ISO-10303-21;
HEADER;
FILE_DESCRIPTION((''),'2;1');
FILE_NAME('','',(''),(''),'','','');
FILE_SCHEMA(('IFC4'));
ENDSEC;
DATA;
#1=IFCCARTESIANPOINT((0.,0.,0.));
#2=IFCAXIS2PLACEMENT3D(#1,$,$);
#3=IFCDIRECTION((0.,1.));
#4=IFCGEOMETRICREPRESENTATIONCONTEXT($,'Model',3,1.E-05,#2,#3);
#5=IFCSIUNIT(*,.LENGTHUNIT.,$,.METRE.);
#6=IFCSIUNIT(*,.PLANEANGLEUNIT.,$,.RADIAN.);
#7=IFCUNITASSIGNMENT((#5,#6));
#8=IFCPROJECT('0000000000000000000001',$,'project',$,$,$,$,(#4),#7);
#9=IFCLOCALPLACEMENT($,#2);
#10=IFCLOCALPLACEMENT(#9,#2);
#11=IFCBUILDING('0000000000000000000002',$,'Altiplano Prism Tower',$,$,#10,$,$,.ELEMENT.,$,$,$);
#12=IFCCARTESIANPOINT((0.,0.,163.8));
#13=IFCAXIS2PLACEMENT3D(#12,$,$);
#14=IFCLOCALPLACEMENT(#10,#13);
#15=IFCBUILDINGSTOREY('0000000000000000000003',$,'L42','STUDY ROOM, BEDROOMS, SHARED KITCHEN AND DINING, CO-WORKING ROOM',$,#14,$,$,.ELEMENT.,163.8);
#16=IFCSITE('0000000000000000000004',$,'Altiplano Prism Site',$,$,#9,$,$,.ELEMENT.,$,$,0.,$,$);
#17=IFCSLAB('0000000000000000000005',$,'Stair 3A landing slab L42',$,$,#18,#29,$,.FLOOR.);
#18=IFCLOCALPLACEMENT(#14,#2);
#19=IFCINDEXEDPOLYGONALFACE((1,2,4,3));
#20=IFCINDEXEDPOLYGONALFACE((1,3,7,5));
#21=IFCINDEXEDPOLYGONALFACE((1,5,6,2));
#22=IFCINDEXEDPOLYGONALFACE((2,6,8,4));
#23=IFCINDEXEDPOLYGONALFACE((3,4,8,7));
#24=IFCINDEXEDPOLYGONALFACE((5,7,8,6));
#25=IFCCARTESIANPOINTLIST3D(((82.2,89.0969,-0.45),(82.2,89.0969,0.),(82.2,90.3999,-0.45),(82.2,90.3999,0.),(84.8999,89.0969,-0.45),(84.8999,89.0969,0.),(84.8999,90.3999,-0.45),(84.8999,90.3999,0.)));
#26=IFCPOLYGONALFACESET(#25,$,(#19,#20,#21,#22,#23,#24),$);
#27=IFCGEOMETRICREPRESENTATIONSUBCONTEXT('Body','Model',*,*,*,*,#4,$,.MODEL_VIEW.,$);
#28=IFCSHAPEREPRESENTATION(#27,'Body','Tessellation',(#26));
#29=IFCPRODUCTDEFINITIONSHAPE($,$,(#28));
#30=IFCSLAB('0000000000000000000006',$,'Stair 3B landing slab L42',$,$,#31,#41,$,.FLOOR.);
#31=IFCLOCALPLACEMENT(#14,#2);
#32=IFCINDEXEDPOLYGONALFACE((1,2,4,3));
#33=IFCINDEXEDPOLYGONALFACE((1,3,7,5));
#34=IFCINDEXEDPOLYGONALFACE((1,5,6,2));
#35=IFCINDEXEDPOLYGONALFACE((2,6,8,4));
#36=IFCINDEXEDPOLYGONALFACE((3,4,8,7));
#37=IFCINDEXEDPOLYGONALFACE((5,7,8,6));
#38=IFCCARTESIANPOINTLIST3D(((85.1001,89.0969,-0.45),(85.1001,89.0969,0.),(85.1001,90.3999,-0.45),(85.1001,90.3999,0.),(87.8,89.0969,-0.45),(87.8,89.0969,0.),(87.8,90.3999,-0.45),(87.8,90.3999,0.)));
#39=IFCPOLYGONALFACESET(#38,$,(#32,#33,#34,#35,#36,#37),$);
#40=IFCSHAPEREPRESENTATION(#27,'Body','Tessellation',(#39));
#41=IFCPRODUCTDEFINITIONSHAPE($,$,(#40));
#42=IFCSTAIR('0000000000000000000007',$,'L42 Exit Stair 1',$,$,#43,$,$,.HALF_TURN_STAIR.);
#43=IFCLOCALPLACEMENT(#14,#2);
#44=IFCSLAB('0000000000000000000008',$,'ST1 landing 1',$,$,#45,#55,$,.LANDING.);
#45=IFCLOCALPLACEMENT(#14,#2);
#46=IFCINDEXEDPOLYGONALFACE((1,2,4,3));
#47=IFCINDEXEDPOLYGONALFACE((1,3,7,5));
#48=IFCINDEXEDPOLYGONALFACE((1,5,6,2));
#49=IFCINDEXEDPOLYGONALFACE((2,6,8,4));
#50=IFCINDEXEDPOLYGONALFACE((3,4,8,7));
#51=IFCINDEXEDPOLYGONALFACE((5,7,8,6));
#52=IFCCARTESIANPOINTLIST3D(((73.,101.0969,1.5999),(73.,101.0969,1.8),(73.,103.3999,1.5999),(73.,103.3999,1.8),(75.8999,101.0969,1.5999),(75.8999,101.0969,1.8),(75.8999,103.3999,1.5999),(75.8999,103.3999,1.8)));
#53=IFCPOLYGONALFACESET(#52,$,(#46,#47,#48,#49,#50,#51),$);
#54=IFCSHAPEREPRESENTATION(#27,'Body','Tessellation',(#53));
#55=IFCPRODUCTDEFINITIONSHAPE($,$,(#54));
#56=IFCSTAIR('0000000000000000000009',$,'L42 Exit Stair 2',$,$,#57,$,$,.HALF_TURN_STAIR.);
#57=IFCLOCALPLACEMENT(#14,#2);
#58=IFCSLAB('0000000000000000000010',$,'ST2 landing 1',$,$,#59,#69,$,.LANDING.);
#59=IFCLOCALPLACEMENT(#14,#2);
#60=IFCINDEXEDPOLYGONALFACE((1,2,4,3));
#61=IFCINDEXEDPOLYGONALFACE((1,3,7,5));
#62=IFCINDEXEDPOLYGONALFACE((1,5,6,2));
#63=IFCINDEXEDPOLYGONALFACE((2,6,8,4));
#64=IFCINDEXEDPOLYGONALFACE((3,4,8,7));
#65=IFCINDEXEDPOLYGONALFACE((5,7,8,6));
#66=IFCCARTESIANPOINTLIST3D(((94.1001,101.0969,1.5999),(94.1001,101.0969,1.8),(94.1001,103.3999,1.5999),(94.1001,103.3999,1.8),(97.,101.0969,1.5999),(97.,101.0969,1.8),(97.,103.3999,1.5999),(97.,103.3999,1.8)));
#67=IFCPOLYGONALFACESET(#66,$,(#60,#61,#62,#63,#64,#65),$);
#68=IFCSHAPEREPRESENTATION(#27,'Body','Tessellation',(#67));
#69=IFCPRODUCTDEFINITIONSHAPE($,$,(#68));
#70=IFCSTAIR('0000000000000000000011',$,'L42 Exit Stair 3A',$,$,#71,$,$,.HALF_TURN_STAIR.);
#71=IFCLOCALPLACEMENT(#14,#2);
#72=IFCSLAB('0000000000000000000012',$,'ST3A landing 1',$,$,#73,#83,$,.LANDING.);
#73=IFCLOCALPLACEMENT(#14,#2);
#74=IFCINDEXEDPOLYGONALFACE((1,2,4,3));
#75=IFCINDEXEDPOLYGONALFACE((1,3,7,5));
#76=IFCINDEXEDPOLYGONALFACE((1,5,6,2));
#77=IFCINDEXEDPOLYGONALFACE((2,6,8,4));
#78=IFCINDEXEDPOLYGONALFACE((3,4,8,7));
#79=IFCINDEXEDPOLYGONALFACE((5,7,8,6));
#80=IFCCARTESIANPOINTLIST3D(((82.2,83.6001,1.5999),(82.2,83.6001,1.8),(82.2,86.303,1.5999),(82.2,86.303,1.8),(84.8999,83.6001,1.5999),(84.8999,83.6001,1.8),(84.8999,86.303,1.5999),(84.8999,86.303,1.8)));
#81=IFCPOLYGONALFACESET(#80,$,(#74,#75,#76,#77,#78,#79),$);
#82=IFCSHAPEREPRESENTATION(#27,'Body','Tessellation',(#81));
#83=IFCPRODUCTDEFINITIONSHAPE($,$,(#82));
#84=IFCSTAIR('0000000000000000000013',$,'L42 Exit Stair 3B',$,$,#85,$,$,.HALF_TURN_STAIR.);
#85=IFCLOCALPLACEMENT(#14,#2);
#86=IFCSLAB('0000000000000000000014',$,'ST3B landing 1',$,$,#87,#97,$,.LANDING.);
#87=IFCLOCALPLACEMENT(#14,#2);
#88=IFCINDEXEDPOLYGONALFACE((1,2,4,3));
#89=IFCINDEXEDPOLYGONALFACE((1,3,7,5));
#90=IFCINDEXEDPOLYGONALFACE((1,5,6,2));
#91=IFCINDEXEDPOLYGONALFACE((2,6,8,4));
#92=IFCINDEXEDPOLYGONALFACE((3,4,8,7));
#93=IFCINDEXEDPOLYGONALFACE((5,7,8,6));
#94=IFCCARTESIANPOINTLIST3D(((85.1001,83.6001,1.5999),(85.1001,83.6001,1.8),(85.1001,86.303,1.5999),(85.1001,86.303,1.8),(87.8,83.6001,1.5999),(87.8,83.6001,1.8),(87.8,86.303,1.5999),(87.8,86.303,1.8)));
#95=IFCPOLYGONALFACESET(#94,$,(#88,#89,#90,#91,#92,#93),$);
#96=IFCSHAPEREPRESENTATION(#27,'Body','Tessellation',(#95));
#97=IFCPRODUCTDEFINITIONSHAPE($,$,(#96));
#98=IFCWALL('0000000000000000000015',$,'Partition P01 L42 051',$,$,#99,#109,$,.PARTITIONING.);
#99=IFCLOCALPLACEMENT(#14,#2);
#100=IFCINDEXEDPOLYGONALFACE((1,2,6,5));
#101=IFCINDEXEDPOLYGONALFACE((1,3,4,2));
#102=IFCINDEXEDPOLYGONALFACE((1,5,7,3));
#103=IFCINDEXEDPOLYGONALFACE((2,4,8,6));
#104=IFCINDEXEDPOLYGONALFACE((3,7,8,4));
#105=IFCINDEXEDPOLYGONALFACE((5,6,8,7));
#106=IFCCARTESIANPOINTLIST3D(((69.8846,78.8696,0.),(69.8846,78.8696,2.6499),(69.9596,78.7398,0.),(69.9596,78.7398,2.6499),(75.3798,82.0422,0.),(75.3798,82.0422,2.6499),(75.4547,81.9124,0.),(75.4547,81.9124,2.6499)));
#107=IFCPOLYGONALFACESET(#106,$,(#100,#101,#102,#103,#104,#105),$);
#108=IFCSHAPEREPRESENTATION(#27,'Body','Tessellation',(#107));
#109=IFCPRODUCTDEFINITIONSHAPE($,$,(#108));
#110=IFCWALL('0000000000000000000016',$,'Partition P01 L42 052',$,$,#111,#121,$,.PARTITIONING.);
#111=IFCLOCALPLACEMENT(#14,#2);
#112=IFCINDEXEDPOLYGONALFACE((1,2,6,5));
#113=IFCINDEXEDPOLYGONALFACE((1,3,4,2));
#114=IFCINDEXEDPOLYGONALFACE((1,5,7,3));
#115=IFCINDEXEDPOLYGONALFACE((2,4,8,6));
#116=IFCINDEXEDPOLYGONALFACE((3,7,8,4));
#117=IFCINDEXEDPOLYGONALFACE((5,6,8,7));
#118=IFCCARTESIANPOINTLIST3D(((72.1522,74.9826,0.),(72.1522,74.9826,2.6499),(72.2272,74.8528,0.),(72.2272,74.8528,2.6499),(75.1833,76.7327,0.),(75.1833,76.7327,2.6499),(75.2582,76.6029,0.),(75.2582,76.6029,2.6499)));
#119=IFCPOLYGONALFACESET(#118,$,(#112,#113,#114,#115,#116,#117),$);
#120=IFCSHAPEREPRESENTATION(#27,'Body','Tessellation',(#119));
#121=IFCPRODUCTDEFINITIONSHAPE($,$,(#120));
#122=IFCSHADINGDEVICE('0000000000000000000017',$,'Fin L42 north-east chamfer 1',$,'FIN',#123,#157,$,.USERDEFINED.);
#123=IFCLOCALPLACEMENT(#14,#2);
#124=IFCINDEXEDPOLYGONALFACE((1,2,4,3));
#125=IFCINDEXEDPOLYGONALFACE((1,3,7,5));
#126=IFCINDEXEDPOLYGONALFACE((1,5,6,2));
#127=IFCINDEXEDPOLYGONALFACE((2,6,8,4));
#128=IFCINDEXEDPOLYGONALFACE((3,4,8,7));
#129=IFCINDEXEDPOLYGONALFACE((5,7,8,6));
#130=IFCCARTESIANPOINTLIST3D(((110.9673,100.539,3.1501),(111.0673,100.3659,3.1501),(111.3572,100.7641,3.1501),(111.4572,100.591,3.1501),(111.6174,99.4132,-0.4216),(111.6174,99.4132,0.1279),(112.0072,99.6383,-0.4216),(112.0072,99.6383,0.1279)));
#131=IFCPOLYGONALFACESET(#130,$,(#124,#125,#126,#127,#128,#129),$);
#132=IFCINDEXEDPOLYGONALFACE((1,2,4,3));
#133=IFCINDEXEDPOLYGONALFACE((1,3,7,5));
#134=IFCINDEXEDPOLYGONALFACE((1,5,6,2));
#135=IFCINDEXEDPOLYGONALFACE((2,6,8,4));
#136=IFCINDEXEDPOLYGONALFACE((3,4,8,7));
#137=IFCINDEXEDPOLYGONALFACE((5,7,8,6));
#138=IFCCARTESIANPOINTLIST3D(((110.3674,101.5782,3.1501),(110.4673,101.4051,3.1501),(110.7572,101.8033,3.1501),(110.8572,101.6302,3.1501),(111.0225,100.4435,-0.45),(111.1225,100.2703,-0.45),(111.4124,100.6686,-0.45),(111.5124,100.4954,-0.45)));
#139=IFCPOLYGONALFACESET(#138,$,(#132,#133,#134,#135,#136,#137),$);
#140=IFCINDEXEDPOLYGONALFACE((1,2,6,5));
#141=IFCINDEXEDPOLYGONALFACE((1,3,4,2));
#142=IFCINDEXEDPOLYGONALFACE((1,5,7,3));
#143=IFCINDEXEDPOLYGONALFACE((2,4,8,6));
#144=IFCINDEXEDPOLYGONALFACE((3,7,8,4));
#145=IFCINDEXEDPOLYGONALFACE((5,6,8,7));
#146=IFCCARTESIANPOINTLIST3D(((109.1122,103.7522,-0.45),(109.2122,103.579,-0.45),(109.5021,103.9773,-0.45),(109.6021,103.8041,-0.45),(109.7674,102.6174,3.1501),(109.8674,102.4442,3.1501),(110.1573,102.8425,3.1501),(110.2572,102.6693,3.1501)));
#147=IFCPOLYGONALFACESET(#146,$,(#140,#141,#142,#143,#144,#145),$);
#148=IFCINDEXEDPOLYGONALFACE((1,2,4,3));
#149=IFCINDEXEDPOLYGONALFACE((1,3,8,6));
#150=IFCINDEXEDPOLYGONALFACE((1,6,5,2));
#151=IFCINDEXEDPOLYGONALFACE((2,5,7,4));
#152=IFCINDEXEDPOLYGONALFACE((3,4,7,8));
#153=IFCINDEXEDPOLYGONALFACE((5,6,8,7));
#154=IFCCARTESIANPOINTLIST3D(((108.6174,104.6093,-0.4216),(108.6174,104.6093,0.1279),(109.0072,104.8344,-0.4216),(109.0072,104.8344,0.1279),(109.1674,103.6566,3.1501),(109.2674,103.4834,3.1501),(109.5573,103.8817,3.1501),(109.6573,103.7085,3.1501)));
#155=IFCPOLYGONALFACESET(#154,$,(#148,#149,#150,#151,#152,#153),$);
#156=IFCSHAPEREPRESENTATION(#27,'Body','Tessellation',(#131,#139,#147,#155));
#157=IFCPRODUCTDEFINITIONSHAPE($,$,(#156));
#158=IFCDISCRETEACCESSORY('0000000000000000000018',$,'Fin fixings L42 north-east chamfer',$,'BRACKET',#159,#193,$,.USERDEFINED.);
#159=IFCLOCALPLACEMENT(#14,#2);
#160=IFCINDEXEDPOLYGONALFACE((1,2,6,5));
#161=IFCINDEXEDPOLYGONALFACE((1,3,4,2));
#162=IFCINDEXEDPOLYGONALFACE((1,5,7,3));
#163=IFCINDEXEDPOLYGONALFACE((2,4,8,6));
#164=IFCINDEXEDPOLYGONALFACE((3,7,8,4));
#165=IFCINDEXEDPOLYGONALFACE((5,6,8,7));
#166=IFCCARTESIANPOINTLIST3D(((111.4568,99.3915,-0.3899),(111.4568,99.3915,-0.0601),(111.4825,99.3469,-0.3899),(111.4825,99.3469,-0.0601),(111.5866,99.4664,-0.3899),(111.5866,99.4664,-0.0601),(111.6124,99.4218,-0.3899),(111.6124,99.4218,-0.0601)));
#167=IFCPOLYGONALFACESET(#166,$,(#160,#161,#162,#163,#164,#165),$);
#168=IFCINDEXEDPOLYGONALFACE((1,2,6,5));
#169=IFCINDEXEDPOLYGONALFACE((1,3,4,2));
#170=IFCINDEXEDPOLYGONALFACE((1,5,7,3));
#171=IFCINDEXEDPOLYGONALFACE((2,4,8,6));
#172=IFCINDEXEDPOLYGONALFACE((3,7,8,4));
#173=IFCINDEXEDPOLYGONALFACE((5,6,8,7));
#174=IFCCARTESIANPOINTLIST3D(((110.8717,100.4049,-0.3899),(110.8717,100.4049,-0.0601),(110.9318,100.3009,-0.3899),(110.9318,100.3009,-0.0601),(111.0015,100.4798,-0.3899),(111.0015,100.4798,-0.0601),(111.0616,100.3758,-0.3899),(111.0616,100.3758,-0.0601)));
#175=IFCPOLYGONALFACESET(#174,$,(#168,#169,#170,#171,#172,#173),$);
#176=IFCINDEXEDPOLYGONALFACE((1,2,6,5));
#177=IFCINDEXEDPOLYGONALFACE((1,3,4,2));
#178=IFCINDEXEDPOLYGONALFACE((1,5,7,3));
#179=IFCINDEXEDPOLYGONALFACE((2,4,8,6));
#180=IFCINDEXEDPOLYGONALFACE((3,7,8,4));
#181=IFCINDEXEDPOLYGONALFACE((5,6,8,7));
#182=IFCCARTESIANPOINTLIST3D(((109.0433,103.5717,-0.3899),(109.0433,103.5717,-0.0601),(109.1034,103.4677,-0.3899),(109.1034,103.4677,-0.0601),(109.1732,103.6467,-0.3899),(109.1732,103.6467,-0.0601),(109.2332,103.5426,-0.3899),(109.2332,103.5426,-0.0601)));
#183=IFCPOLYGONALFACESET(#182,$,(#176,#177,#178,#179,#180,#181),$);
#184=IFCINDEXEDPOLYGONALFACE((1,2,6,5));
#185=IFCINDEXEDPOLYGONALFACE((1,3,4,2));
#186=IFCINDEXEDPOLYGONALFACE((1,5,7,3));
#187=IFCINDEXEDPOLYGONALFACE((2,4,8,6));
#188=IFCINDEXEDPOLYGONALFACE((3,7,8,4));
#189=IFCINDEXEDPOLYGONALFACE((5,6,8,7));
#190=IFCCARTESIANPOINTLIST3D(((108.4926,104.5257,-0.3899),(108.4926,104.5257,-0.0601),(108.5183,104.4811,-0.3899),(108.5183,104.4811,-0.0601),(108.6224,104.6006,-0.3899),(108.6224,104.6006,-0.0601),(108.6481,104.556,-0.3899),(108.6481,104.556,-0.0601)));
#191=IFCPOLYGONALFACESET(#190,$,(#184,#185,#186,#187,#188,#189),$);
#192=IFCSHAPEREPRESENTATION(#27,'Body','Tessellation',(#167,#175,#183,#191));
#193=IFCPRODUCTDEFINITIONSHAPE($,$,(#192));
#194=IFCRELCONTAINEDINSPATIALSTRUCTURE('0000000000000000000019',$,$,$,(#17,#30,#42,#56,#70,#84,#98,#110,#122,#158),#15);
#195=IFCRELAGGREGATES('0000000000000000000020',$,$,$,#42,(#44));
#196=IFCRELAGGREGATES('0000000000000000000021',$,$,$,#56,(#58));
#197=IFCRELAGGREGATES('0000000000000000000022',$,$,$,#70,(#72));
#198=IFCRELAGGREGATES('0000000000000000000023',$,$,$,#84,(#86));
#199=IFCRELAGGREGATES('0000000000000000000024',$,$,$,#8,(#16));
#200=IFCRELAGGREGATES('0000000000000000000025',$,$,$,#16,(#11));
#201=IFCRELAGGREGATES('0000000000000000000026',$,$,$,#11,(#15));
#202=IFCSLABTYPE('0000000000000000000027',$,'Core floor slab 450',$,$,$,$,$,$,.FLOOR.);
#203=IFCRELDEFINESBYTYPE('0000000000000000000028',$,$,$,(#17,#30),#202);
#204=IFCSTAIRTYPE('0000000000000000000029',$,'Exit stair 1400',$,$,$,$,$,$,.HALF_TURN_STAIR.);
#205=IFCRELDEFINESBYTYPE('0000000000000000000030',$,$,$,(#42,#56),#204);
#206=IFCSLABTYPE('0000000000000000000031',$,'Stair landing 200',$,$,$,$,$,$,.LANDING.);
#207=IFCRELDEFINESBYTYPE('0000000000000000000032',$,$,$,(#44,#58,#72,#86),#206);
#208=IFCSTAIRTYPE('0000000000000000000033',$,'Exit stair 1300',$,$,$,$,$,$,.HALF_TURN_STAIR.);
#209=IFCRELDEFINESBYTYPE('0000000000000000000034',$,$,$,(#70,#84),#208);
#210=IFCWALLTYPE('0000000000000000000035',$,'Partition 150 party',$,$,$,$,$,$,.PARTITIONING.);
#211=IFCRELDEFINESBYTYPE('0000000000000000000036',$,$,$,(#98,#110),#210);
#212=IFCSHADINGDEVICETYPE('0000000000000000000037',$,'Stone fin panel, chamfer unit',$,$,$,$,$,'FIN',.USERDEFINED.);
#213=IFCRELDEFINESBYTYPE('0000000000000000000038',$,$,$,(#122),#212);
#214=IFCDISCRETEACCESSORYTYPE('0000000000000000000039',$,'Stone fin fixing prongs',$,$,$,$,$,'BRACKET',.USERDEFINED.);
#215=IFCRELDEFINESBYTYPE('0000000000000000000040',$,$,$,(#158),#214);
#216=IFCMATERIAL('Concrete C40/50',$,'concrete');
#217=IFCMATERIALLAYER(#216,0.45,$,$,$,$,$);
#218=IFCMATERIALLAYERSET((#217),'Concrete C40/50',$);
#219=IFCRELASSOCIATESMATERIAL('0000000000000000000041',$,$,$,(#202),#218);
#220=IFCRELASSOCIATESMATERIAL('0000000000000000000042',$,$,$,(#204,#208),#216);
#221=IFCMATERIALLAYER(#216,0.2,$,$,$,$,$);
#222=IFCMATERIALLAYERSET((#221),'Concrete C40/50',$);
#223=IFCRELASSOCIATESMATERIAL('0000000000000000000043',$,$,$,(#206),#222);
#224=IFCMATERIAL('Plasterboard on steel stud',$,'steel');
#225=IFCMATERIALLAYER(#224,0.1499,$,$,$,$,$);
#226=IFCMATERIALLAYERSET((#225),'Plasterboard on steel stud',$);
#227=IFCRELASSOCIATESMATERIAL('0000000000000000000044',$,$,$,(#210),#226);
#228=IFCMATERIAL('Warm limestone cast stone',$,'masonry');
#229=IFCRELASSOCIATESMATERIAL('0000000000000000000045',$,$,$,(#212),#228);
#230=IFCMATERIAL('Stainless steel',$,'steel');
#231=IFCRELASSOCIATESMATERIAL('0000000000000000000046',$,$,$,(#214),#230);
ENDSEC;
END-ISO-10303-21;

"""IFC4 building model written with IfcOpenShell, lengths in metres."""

from ifc_helpers import new_model, si_unit, direction, frame, frame_2d, origin, place, context, subcontext, project, spatial, polyline, rectangle, outline, extrude, source, transform, mapped, material, layer, layer_set, type_object, element, aggregate, save


model = new_model("IFC4")

# Units and contexts
model_context = context("Model", 3, precision=1e-05, world=origin(), true_north=direction((0.0, 1.0)))
body_context = subcontext(model_context, "Body", "Model", "MODEL_VIEW")
ifc_project = project(units=[si_unit("LENGTHUNIT", "METRE"), si_unit("PLANEANGLEUNIT", "RADIAN")], contexts=[model_context])

# Site, building, storey
site_placement = place(None, origin())
site = spatial("IfcSite", under=ifc_project, at=site_placement, Name="Altiplano Prism Site", CompositionType="ELEMENT", RefElevation=0.0)
building_placement = place(site_placement, origin())
building = spatial("IfcBuilding", under=site, at=building_placement, Name="Altiplano Prism Tower", CompositionType="ELEMENT")
storey_placement = place(building_placement, frame((0.0, 0.0, 163.8)))
storey = spatial("IfcBuildingStorey", under=building, at=storey_placement, Name="L42", Description="STUDY ROOM, BEDROOMS, SHARED KITCHEN AND DINING, CO-WORKING ROOM", CompositionType="ELEMENT", Elevation=163.8)

# Slabs
ifc_material_1 = material(Name="Concrete C40/50", Category="concrete")
ifc_layer_1 = layer(ifc_material_1, 0.45)
ifc_layer_set_1 = layer_set([ifc_layer_1], Name="Concrete C40/50")
slab_type_1 = type_object("IfcSlabType", Name="Core floor slab 450", PredefinedType="FLOOR", material=ifc_layer_set_1)
slab_1_placement = place(storey_placement, frame((0.0, 0.0, -0.45)))
element("IfcSlab", 1, at=slab_1_placement, inside=storey, type_object=slab_type_1, Name="Stair 3A landing slab L42", PredefinedType="FLOOR", context=body_context, shape_type="SweptSolid", body=[
    extrude(outline(polyline([(82.2, 89.0969), (84.8999, 89.0969), (84.8999, 90.3999), (82.2, 90.3999), (82.2, 89.0969)])), origin(), (0.0, 0.0, 1.0), 0.45),
])
slab_2_placement = place(storey_placement, frame((0.0, 0.0, -0.45)))
element("IfcSlab", 2, at=slab_2_placement, inside=storey, type_object=slab_type_1, Name="Stair 3B landing slab L42", PredefinedType="FLOOR", context=body_context, shape_type="SweptSolid", body=[
    extrude(outline(polyline([(85.1001, 89.0969), (87.8, 89.0969), (87.8, 90.3999), (85.1001, 90.3999), (85.1001, 89.0969)])), origin(), (0.0, 0.0, 1.0), 0.45),
])

# Stairs, slabs
stair_type_1 = type_object("IfcStairType", Name="Exit stair 1400", PredefinedType="HALF_TURN_STAIR", material=ifc_material_1)
stair_1_placement = place(storey_placement, origin())
stair_1 = element("IfcStair", 3, at=stair_1_placement, inside=storey, type_object=stair_type_1, Name="L42 Exit Stair 1", PredefinedType="HALF_TURN_STAIR")
ifc_layer_2 = layer(ifc_material_1, 0.2)
ifc_layer_set_2 = layer_set([ifc_layer_2], Name="Concrete C40/50")
slab_type_2 = type_object("IfcSlabType", Name="Stair landing 200", PredefinedType="LANDING", material=ifc_layer_set_2)
slab_3_placement = place(storey_placement, frame((0.0, 0.0, 1.5999)))
slab_3 = element("IfcSlab", 4, at=slab_3_placement, type_object=slab_type_2, Name="ST1 landing 1", PredefinedType="LANDING", context=body_context, shape_type="SweptSolid", body=[
    extrude(outline(polyline([(75.8999, 101.0969), (75.8999, 103.3999), (73.0, 103.3999), (73.0, 101.0969), (75.8999, 101.0969)])), origin(), (0.0, 0.0, 1.0), 0.2002),
])
aggregate(stair_1, [slab_3])
stair_2_placement = place(storey_placement, origin())
stair_2 = element("IfcStair", 5, at=stair_2_placement, inside=storey, type_object=stair_type_1, Name="L42 Exit Stair 2", PredefinedType="HALF_TURN_STAIR")
slab_4_placement = place(storey_placement, frame((0.0, 0.0, 1.5999)))
slab_4 = element("IfcSlab", 6, at=slab_4_placement, type_object=slab_type_2, Name="ST2 landing 1", PredefinedType="LANDING", context=body_context, shape_type="SweptSolid", body=[
    extrude(outline(polyline([(97.0, 101.0969), (97.0, 103.3999), (94.1001, 103.3999), (94.1001, 101.0969), (97.0, 101.0969)])), origin(), (0.0, 0.0, 1.0), 0.2002),
])
aggregate(stair_2, [slab_4])
stair_type_2 = type_object("IfcStairType", Name="Exit stair 1300", PredefinedType="HALF_TURN_STAIR", material=ifc_material_1)
stair_3_placement = place(storey_placement, origin())
stair_3 = element("IfcStair", 7, at=stair_3_placement, inside=storey, type_object=stair_type_2, Name="L42 Exit Stair 3A", PredefinedType="HALF_TURN_STAIR")
slab_5_placement = place(storey_placement, frame((0.0, 0.0, 1.5999)))
slab_5 = element("IfcSlab", 8, at=slab_5_placement, type_object=slab_type_2, Name="ST3A landing 1", PredefinedType="LANDING", context=body_context, shape_type="SweptSolid", body=[
    extrude(outline(polyline([(82.2, 86.303), (82.2, 83.6001), (84.8999, 83.6001), (84.8999, 86.303), (82.2, 86.303)])), origin(), (0.0, 0.0, 1.0), 0.2002),
])
aggregate(stair_3, [slab_5])
stair_4_placement = place(storey_placement, origin())
stair_4 = element("IfcStair", 9, at=stair_4_placement, inside=storey, type_object=stair_type_2, Name="L42 Exit Stair 3B", PredefinedType="HALF_TURN_STAIR")
slab_6_placement = place(storey_placement, frame((0.0, 0.0, 1.5999)))
slab_6 = element("IfcSlab", 10, at=slab_6_placement, type_object=slab_type_2, Name="ST3B landing 1", PredefinedType="LANDING", context=body_context, shape_type="SweptSolid", body=[
    extrude(outline(polyline([(85.1001, 86.303), (85.1001, 83.6001), (87.8, 83.6001), (87.8, 86.303), (85.1001, 86.303)])), origin(), (0.0, 0.0, 1.0), 0.2002),
])
aggregate(stair_4, [slab_6])

# Walls
ifc_material_2 = material(Name="Plasterboard on steel stud", Category="steel")
ifc_layer_3 = layer(ifc_material_2, 0.1499)
ifc_layer_set_3 = layer_set([ifc_layer_3], Name="Plasterboard on steel stud")
wall_type = type_object("IfcWallType", Name="Partition 150 party", PredefinedType="PARTITIONING", material=ifc_layer_set_3)
wall_1_placement = place(storey_placement, frame((69.9221, 78.8047, 0.0), z_axis=(0.0, 0.0, 1.0), x_axis=(0.866025, 0.5, 0.0)))
element("IfcWall", 11, at=wall_1_placement, inside=storey, type_object=wall_type, Name="Partition P01 L42 051", PredefinedType="PARTITIONING", context=body_context, shape_type="SweptSolid", body=[
    extrude(rectangle(XDim=6.3452, YDim=0.1499, at=frame_2d((3.1726, 0.0))), origin(), (0.0, 0.0, 1.0), 2.6499),
])
wall_2_placement = place(storey_placement, frame((72.1897, 74.9177, 0.0), z_axis=(0.0, 0.0, 1.0), x_axis=(0.866019, 0.50001, 0.0)))
element("IfcWall", 12, at=wall_2_placement, inside=storey, type_object=wall_type, Name="Partition P01 L42 052", PredefinedType="PARTITIONING", context=body_context, shape_type="SweptSolid", body=[
    extrude(rectangle(XDim=3.5, YDim=0.1499, at=frame_2d((1.75, 0.0))), origin(), (0.0, 0.0, 1.0), 2.6499),
])

# Shading device
ifc_material_3 = material(Name="Warm limestone cast stone", Category="masonry")
shading_device_type = type_object("IfcShadingDeviceType", Name="Stone fin panel, chamfer unit", ElementType="FIN", PredefinedType="USERDEFINED", material=ifc_material_3)
shared_shape_1 = source(origin(), body_context, "Body", "SweptSolid", [
    extrude(outline(polyline([(-3.0, 0.0283), (-1.7, 3.6001), (-1.8999, 3.6001), (-3.0, 0.5779), (-3.0, 0.0283)])), frame((0.0, -0.1499, 0.0), z_axis=(0.0, -1.0, 0.0), x_axis=(1.0, 0.0, 0.0)), (0.0, 0.0, 1.0), 0.4502),
    extrude(outline(polyline([(-2.0103, 0.0), (-1.8103, 0.0), (-0.5, 3.6001), (-0.7, 3.6001), (-2.0103, 0.0)])), frame((0.0, -0.1499, 0.0), z_axis=(0.0, -1.0, 0.0), x_axis=(1.0, 0.0, 0.0)), (0.0, 0.0, 1.0), 0.4502),
    extrude(outline(polyline([(1.8103, 0.0), (2.0103, 0.0), (0.7, 3.6001), (0.5, 3.6001), (1.8103, 0.0)])), frame((0.0, -0.1499, 0.0), z_axis=(0.0, -1.0, 0.0), x_axis=(1.0, 0.0, 0.0)), (0.0, 0.0, 1.0), 0.4502),
    extrude(outline(polyline([(3.0, 0.5779), (1.8999, 3.6001), (1.7, 3.6001), (3.0, 0.0283), (3.0, 0.5779)])), frame((0.0, -0.1499, 0.0), z_axis=(0.0, -1.0, 0.0), x_axis=(1.0, 0.0, 0.0)), (0.0, 0.0, 1.0), 0.4502),
])
shading_device_placement = place(storey_placement, origin())
element("IfcShadingDevice", 13, at=shading_device_placement, inside=storey, type_object=shading_device_type, Name="Fin L42 north-east chamfer 1", ObjectType="FIN", PredefinedType="USERDEFINED", context=body_context, shape_type="MappedRepresentation", body=[
    mapped(shared_shape_1, transform((109.9875, 101.9363, -0.45), x_axis=(-0.5, 0.866025, 0.0), y_axis=(-0.866025, -0.5, 0.0), z_axis=(0.0, 0.0, 1.0))),
])

# Discrete accessory
ifc_material_4 = material(Name="Stainless steel", Category="steel")
discrete_accessory_type = type_object("IfcDiscreteAccessoryType", Name="Stone fin fixing prongs", ElementType="BRACKET", PredefinedType="USERDEFINED", material=ifc_material_4)
shared_shape_2 = source(origin(), body_context, "Body", "SweptSolid", [
    extrude(outline(polyline([(-2.99, 0.0601), (-2.9385, 0.0601), (-2.9385, 0.3899), (-2.99, 0.3899), (-2.99, 0.0601)])), frame((0.0, 0.0, 0.0), z_axis=(0.0, -1.0, 0.0), x_axis=(1.0, 0.0, 0.0)), (0.0, 0.0, 1.0), 0.1499),
    extrude(outline(polyline([(-1.8884, 0.0601), (-1.7683, 0.0601), (-1.7683, 0.3899), (-1.8884, 0.3899), (-1.8884, 0.0601)])), frame((0.0, 0.0, 0.0), z_axis=(0.0, -1.0, 0.0), x_axis=(1.0, 0.0, 0.0)), (0.0, 0.0, 1.0), 0.1499),
    extrude(outline(polyline([(1.7683, 0.0601), (1.8884, 0.0601), (1.8884, 0.3899), (1.7683, 0.3899), (1.7683, 0.0601)])), frame((0.0, 0.0, 0.0), z_axis=(0.0, -1.0, 0.0), x_axis=(1.0, 0.0, 0.0)), (0.0, 0.0, 1.0), 0.1499),
    extrude(outline(polyline([(2.9385, 0.0601), (2.99, 0.0601), (2.99, 0.3899), (2.9385, 0.3899), (2.9385, 0.0601)])), frame((0.0, 0.0, 0.0), z_axis=(0.0, -1.0, 0.0), x_axis=(1.0, 0.0, 0.0)), (0.0, 0.0, 1.0), 0.1499),
])
discrete_accessory_placement = place(storey_placement, origin())
element("IfcDiscreteAccessory", 14, at=discrete_accessory_placement, inside=storey, type_object=discrete_accessory_type, Name="Fin fixings L42 north-east chamfer", ObjectType="BRACKET", PredefinedType="USERDEFINED", context=body_context, shape_type="MappedRepresentation", body=[
    mapped(shared_shape_2, transform((109.9875, 101.9363, -0.45), x_axis=(-0.5, 0.866025, 0.0), y_axis=(-0.866025, -0.5, 0.0), z_axis=(0.0, 0.0, 1.0))),
])

save(model, "model.ifc")
